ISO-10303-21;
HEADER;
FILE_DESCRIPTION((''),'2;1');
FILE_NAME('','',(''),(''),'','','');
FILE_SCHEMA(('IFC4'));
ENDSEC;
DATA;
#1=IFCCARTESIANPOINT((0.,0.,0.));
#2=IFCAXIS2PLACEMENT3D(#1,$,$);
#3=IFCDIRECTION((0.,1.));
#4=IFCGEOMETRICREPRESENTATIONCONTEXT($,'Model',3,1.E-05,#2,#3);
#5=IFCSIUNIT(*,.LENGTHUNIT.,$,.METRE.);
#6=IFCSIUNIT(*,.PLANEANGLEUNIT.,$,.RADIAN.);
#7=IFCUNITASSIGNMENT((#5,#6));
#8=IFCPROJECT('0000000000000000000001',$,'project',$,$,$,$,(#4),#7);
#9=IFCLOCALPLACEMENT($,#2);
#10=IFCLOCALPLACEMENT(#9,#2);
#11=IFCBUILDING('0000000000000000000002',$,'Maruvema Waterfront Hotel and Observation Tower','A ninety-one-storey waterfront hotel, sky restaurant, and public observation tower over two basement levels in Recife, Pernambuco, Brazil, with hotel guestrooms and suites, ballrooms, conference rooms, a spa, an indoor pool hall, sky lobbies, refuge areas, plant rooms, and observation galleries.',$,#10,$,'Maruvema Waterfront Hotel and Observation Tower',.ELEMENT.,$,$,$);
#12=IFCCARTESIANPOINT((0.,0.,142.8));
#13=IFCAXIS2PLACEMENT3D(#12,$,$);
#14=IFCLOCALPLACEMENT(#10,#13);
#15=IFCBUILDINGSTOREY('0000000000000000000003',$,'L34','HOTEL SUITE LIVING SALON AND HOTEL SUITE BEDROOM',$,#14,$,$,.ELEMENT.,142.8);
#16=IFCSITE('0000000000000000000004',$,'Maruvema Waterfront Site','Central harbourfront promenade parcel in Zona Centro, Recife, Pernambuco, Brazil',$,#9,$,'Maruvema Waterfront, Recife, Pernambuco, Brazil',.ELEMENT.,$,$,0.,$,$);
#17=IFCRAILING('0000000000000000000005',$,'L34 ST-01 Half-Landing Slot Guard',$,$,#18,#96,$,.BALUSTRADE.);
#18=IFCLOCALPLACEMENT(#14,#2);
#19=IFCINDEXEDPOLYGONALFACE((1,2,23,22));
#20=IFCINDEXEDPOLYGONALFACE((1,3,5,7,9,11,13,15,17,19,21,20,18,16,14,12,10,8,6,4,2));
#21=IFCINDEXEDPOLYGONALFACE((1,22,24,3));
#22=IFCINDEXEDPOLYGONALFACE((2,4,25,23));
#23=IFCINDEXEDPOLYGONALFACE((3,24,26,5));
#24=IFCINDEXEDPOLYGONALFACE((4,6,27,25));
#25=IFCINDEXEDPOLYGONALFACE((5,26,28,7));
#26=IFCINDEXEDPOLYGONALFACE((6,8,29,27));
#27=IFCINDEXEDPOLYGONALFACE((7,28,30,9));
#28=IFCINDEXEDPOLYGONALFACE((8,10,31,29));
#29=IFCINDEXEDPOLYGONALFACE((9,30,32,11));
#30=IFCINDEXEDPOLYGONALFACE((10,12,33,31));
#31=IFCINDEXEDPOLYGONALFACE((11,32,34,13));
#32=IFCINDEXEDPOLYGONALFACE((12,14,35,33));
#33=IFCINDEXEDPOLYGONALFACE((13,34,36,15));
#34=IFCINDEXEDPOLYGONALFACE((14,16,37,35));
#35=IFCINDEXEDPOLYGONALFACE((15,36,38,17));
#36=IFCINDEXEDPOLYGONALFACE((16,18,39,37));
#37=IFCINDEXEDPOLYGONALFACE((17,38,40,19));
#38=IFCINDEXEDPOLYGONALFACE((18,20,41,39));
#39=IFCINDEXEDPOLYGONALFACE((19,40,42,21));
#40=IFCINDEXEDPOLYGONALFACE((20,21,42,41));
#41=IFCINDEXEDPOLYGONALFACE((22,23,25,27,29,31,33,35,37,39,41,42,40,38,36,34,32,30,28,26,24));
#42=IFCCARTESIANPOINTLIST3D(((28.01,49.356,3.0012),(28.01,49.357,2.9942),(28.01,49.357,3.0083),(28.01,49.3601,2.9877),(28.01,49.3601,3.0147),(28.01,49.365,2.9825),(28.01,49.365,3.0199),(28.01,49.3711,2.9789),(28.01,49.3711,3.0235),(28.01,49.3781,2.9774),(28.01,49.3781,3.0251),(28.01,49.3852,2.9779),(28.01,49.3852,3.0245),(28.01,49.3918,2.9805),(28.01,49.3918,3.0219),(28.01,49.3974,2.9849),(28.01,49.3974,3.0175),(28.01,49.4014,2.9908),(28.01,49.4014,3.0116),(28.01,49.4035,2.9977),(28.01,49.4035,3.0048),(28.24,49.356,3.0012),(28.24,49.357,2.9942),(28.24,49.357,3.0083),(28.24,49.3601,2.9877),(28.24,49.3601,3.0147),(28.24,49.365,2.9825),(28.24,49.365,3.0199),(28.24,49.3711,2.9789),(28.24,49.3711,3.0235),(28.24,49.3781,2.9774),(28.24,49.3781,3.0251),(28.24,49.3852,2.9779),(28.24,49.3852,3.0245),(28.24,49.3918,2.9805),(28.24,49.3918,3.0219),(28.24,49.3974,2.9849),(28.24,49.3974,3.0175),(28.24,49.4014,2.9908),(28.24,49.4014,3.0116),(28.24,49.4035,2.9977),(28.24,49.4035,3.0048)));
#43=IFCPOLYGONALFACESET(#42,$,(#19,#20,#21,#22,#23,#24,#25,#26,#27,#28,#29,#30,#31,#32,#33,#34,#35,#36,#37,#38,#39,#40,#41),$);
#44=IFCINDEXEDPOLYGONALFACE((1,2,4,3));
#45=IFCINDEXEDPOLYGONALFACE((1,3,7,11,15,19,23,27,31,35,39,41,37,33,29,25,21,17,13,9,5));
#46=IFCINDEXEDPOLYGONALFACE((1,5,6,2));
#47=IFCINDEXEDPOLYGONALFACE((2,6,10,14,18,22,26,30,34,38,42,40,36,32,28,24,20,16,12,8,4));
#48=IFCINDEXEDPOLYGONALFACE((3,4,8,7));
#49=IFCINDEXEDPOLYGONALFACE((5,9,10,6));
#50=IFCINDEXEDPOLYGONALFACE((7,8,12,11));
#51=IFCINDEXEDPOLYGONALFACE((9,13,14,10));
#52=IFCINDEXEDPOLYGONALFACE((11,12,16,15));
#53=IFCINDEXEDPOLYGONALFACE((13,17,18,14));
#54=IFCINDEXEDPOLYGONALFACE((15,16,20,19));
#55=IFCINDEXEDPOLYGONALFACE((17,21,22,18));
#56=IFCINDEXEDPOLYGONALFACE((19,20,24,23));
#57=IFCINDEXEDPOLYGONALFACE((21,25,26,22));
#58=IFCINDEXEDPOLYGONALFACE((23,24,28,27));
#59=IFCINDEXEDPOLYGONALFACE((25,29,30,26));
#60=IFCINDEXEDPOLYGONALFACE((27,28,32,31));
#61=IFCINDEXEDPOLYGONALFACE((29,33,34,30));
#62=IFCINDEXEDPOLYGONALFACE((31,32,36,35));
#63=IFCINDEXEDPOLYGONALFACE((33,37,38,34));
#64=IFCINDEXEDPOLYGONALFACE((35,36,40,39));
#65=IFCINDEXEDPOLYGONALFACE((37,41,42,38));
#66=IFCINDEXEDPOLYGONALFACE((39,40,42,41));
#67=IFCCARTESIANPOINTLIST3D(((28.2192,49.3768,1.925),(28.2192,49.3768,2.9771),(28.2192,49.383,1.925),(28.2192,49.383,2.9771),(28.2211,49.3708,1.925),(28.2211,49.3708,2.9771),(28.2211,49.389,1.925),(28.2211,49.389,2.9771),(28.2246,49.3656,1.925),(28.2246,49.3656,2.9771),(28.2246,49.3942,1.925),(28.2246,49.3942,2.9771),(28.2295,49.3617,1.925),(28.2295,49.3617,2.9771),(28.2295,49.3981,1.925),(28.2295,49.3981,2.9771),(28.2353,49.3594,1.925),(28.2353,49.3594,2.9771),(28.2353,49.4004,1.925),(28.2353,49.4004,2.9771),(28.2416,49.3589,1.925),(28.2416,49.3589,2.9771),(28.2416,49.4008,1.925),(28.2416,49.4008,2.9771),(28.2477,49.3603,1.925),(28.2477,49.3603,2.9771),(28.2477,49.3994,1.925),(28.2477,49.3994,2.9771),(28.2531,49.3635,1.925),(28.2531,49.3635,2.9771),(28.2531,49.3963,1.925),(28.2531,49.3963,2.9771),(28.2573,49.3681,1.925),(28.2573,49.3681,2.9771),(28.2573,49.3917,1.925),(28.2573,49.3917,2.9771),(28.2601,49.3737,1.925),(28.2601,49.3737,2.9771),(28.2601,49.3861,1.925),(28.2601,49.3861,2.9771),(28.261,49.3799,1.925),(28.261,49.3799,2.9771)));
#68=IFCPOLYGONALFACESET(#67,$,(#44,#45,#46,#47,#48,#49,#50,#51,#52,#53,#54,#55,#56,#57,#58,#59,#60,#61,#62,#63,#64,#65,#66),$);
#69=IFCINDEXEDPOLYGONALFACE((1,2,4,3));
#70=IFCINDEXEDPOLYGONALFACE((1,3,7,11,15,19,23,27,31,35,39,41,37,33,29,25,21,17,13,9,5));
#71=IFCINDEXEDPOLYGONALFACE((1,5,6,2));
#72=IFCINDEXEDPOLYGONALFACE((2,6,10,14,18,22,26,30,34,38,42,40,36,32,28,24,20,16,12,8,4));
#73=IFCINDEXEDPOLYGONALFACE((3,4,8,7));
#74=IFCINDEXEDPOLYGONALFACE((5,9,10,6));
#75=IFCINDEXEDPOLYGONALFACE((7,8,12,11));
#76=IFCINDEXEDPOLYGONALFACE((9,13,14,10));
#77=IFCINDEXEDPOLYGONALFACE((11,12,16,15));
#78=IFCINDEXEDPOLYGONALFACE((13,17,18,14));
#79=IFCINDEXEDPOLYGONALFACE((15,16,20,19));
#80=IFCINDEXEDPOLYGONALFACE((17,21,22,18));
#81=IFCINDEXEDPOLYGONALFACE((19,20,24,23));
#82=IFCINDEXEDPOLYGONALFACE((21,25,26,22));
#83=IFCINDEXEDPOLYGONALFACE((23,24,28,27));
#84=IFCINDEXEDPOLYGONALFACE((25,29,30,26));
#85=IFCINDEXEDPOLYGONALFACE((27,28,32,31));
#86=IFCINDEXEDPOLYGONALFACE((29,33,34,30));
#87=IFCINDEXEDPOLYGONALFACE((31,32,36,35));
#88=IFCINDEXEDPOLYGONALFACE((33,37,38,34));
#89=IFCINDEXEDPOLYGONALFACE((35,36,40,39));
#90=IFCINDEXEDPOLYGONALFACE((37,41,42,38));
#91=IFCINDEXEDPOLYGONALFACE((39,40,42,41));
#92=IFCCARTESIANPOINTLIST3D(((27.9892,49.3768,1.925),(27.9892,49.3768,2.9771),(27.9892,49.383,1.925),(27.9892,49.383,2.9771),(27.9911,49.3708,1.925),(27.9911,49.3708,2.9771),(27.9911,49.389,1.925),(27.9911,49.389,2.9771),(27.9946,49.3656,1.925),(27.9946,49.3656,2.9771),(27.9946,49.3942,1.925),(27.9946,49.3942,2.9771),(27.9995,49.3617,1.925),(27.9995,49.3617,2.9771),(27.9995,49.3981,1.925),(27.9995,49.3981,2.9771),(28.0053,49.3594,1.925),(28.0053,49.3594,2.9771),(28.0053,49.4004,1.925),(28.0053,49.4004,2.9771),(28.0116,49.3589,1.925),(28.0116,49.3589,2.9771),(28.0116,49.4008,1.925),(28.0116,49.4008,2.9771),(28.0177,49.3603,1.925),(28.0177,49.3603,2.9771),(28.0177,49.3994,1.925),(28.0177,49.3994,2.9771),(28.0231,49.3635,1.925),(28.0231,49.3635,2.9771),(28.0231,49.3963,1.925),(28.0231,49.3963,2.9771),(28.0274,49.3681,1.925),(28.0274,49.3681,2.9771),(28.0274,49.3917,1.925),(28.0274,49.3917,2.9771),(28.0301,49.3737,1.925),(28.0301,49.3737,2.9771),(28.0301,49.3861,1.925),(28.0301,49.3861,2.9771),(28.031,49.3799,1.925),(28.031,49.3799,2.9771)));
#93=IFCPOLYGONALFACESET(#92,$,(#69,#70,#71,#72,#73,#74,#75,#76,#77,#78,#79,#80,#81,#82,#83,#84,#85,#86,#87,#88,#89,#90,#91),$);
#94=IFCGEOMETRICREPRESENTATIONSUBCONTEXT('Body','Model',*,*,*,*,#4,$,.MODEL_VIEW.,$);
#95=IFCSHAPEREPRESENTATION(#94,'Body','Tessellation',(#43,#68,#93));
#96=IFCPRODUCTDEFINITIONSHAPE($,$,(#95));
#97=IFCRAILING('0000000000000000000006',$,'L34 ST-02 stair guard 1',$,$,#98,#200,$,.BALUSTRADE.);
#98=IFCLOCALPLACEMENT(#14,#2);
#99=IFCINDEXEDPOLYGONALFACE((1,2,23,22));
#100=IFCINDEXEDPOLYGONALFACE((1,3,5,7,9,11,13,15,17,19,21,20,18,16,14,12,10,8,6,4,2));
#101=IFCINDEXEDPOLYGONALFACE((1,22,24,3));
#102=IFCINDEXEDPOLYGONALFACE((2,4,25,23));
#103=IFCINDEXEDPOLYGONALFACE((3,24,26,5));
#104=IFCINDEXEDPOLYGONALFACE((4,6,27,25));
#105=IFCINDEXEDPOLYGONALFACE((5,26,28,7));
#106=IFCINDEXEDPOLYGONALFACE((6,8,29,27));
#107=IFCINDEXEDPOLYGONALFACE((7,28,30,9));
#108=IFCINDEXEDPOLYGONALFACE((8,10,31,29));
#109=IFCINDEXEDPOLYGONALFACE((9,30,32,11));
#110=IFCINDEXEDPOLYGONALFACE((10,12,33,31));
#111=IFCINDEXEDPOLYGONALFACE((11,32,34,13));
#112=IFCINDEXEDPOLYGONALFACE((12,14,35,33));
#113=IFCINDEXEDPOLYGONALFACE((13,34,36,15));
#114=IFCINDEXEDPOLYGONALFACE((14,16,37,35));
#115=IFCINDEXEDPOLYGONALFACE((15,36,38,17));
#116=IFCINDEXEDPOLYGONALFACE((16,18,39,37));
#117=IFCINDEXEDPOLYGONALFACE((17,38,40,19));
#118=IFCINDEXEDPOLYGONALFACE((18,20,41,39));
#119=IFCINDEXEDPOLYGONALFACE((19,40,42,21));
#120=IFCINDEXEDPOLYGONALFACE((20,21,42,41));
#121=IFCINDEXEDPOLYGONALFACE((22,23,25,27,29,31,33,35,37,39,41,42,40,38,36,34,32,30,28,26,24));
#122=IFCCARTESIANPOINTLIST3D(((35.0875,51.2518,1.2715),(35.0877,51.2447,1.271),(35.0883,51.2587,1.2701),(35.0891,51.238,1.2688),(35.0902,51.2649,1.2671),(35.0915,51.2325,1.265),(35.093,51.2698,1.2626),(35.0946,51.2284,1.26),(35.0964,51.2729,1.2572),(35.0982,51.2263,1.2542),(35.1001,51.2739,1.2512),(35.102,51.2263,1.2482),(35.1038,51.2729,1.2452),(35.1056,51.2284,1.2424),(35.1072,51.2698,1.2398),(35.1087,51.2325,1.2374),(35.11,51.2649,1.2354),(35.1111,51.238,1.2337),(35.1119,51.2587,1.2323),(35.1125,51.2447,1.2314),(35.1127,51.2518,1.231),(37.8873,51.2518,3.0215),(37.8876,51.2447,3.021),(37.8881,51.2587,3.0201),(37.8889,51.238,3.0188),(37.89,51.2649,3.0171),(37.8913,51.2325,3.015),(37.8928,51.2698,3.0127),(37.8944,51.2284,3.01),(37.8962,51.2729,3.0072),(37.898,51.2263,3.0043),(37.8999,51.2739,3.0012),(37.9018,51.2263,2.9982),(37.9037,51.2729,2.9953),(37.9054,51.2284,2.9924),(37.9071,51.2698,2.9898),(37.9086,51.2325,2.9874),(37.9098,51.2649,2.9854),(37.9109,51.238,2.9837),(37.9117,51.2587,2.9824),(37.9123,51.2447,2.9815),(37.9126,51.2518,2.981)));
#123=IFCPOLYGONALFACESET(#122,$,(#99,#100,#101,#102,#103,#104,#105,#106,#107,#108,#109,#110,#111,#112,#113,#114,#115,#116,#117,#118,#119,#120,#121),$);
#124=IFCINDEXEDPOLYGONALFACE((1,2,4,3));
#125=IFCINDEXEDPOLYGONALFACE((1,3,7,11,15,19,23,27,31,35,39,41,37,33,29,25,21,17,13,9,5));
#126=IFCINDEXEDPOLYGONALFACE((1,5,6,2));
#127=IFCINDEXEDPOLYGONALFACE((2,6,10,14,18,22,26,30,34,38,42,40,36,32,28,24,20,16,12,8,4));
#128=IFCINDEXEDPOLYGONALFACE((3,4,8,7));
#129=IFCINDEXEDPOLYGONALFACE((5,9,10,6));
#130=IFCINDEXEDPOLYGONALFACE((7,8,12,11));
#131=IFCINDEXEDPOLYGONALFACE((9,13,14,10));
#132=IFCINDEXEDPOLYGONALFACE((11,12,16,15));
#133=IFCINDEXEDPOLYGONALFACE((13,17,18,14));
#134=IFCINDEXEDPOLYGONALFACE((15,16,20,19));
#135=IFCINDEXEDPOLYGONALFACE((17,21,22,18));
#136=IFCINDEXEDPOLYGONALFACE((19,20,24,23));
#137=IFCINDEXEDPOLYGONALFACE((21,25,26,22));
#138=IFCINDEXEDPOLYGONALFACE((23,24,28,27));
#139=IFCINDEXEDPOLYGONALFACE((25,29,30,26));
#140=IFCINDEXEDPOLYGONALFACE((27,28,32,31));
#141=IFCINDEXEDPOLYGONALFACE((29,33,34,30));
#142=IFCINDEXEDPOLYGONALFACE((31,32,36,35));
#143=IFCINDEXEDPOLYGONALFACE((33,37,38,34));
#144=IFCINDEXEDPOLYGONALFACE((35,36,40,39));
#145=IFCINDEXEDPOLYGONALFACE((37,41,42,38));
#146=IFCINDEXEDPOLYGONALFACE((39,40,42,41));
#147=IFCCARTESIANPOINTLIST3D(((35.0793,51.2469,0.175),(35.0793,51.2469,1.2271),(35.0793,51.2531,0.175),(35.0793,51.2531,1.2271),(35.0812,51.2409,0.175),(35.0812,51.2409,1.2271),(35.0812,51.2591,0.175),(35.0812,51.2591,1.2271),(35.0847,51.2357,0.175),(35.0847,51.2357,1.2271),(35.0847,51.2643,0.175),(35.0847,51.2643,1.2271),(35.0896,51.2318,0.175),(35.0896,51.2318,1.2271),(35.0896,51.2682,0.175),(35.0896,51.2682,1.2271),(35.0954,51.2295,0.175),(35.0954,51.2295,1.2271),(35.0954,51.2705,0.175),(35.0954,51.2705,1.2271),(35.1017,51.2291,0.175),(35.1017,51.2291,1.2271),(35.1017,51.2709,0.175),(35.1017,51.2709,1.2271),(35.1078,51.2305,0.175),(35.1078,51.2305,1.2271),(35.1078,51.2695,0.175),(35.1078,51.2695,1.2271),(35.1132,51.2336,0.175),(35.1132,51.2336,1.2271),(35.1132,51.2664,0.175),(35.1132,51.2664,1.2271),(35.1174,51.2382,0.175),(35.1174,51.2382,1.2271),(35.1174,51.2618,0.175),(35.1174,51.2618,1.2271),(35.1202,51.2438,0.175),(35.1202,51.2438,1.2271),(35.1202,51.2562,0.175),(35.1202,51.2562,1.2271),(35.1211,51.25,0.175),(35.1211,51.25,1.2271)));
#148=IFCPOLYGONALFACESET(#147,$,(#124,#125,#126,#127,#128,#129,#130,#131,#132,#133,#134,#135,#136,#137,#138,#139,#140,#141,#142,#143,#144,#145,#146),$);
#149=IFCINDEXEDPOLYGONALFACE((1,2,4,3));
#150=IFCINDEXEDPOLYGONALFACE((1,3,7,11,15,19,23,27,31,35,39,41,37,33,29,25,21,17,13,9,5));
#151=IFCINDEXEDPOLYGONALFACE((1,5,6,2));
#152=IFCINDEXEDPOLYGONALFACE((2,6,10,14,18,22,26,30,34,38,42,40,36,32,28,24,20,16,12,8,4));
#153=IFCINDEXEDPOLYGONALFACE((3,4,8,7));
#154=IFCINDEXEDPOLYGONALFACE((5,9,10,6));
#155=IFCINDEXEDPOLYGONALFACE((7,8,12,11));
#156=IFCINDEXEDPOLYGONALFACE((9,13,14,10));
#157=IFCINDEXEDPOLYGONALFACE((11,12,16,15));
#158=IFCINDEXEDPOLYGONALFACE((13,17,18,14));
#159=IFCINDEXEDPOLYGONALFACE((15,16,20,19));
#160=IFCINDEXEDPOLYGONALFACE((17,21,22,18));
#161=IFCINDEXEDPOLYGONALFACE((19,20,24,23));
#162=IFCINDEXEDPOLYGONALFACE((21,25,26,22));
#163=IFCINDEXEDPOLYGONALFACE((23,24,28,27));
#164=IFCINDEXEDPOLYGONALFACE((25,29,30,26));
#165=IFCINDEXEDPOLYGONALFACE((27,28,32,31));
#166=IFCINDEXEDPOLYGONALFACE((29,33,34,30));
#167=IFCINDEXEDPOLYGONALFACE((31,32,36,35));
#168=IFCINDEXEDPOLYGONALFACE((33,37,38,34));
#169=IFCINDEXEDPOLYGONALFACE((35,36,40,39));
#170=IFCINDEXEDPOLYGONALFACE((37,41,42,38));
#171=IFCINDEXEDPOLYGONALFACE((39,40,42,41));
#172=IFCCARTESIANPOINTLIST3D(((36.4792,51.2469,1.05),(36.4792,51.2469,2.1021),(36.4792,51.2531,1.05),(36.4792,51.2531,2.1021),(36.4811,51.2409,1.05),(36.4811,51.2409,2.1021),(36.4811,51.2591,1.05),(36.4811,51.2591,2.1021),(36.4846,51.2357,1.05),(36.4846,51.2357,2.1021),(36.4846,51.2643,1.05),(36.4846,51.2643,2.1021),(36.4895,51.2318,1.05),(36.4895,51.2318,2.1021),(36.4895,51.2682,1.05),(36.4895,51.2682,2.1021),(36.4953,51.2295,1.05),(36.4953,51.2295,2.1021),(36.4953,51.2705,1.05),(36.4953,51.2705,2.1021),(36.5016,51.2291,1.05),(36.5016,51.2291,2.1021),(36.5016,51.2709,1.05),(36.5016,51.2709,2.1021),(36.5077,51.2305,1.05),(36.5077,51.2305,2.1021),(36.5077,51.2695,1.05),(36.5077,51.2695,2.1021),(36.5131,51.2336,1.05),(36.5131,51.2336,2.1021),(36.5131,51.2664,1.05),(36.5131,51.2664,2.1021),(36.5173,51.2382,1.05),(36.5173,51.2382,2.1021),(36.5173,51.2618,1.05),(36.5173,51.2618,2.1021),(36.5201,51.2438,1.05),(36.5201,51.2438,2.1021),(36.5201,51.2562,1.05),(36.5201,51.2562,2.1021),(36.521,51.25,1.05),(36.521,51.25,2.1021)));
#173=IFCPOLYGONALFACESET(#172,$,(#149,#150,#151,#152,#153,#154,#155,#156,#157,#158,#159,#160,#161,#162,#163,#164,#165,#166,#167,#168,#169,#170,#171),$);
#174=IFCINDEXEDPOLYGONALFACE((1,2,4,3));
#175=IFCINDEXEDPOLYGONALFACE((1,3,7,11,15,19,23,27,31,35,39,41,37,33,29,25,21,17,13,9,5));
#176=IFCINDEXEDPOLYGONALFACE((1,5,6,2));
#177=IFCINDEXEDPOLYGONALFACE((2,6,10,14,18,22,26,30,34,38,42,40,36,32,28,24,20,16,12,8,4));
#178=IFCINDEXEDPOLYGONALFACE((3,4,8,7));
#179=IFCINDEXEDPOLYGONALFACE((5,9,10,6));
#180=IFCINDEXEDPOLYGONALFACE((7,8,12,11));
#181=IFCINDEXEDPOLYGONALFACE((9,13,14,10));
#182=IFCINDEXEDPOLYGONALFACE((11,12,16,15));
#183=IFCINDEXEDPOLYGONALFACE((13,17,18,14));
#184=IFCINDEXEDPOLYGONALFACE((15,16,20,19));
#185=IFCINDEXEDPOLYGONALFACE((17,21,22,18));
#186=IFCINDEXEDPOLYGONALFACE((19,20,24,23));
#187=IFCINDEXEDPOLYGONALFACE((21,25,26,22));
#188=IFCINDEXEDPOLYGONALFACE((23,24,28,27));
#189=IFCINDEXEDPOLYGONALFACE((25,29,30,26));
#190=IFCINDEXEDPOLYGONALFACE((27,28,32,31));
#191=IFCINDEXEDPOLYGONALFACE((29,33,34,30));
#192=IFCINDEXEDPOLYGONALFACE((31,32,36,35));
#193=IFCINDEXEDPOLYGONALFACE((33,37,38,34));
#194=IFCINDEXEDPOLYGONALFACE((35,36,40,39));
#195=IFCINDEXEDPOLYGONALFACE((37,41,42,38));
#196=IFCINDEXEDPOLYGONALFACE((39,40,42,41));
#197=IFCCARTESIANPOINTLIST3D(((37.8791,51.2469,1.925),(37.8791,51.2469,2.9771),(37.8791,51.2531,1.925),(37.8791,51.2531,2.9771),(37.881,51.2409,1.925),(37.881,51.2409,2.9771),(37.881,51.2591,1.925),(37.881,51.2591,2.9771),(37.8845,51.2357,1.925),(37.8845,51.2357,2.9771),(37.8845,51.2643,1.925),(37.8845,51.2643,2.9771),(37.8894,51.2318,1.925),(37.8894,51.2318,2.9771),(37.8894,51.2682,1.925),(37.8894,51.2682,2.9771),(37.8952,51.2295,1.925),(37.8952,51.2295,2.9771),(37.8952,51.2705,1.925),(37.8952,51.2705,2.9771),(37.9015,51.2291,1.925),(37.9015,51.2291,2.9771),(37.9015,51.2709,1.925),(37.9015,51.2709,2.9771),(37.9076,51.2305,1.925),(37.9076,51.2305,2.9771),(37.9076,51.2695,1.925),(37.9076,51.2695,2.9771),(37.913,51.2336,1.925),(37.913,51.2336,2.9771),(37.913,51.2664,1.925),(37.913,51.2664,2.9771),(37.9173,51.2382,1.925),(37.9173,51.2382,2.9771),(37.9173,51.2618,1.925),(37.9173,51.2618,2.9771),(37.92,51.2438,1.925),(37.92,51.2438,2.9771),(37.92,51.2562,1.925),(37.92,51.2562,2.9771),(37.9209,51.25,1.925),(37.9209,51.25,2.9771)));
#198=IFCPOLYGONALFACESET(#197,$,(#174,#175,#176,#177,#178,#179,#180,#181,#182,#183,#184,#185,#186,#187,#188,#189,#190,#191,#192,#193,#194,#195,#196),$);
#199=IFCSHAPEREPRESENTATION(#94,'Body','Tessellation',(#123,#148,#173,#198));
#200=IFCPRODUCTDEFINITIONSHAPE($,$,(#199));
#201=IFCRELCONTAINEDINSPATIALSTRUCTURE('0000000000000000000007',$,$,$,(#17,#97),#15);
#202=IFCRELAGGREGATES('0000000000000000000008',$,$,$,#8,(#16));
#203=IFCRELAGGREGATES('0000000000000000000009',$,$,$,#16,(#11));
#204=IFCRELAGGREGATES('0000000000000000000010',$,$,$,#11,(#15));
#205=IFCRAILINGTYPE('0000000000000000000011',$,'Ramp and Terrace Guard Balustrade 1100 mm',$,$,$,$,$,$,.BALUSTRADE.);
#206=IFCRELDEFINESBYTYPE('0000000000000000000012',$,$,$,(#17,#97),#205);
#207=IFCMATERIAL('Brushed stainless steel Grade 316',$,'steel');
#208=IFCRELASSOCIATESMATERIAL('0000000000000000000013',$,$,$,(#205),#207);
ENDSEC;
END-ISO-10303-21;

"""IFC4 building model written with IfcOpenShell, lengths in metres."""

from ifc_helpers import new_model, si_unit, direction, frame, origin, origin_2d, place, context, subcontext, project, spatial, circle, extrude, material, type_object, element, save


model = new_model("IFC4")

# Units and contexts
model_context = context("Model", 3, precision=1e-05, world=origin(), true_north=direction((0.0, 1.0)))
body_context = subcontext(model_context, "Body", "Model", "MODEL_VIEW")
ifc_project = project(units=[si_unit("LENGTHUNIT", "METRE"), si_unit("PLANEANGLEUNIT", "RADIAN")], contexts=[model_context])

# Site, building, storey
site_placement = place(None, origin())
site = spatial("IfcSite", under=ifc_project, at=site_placement, Name="Maruvema Waterfront Site", Description="Central harbourfront promenade parcel in Zona Centro, Recife, Pernambuco, Brazil", LongName="Maruvema Waterfront, Recife, Pernambuco, Brazil", CompositionType="ELEMENT", RefElevation=0.0)
building_placement = place(site_placement, origin())
building = spatial("IfcBuilding", under=site, at=building_placement, Name="Maruvema Waterfront Hotel and Observation Tower", Description="A ninety-one-storey waterfront hotel, sky restaurant, and public observation tower over two basement levels in Recife, Pernambuco, Brazil, with hotel guestrooms and suites, ballrooms, conference rooms, a spa, an indoor pool hall, sky lobbies, refuge areas, plant rooms, and observation galleries.", LongName="Maruvema Waterfront Hotel and Observation Tower", CompositionType="ELEMENT")
storey_placement = place(building_placement, frame((0.0, 0.0, 142.8)))
storey = spatial("IfcBuildingStorey", under=building, at=storey_placement, Name="L34", Description="HOTEL SUITE LIVING SALON AND HOTEL SUITE BEDROOM", CompositionType="ELEMENT", Elevation=142.8)

# Railings
ifc_material_1 = material(Name="Brushed stainless steel Grade 316", Category="steel")
railing_type_1 = type_object("IfcRailingType", Name="Ramp and Terrace Guard Balustrade 1100 mm", PredefinedType="BALUSTRADE", material=ifc_material_1)
railing_1_placement = place(storey_placement, frame((28.24, 49.3799, 1.925)))
element("IfcRailing", 1, at=railing_1_placement, inside=storey, type_object=railing_type_1, Name="L34 ST-01 Half-Landing Slot Guard", PredefinedType="BALUSTRADE", context=body_context, shape_type="SweptSolid", body=[
    extrude(circle(Radius=0.0239, at=origin_2d()), frame((0.0, 0.0, 1.0762), z_axis=(-1.0, 0.0, 0.0), x_axis=(0.0, -1.0, 0.0)), (0.0, 0.0, 1.0), 0.23),
    extrude(circle(Radius=0.021, at=origin_2d()), origin(), (0.0, 0.0, 1.0), 1.052),
    extrude(circle(Radius=0.021, at=origin_2d()), frame((-0.23, 0.0, 0.0)), (0.0, 0.0, 1.0), 1.052),
])
railing_2_placement = place(storey_placement, frame((35.1001, 51.25, 0.175)))
element("IfcRailing", 2, at=railing_2_placement, inside=storey, type_object=railing_type_1, Name="L34 ST-02 stair guard 1", PredefinedType="BALUSTRADE", context=body_context, shape_type="SweptSolid", body=[
    extrude(circle(Radius=0.0239, at=origin_2d()), frame((0.0, 0.0, 1.0762), z_axis=(0.847982, 0.0, 0.530026), x_axis=(0.0, 1.0, 0.0)), (0.0, 0.0, 1.0), 3.3018),
    extrude(circle(Radius=0.021, at=origin_2d()), origin(), (0.0, 0.0, 1.0), 1.052),
    extrude(circle(Radius=0.021, at=origin_2d()), frame((1.3999, 0.0, 0.875)), (0.0, 0.0, 1.0), 1.052),
    extrude(circle(Radius=0.021, at=origin_2d()), frame((2.7998, 0.0, 1.75)), (0.0, 0.0, 1.0), 1.052),
])

save(model, "model.ifc")
